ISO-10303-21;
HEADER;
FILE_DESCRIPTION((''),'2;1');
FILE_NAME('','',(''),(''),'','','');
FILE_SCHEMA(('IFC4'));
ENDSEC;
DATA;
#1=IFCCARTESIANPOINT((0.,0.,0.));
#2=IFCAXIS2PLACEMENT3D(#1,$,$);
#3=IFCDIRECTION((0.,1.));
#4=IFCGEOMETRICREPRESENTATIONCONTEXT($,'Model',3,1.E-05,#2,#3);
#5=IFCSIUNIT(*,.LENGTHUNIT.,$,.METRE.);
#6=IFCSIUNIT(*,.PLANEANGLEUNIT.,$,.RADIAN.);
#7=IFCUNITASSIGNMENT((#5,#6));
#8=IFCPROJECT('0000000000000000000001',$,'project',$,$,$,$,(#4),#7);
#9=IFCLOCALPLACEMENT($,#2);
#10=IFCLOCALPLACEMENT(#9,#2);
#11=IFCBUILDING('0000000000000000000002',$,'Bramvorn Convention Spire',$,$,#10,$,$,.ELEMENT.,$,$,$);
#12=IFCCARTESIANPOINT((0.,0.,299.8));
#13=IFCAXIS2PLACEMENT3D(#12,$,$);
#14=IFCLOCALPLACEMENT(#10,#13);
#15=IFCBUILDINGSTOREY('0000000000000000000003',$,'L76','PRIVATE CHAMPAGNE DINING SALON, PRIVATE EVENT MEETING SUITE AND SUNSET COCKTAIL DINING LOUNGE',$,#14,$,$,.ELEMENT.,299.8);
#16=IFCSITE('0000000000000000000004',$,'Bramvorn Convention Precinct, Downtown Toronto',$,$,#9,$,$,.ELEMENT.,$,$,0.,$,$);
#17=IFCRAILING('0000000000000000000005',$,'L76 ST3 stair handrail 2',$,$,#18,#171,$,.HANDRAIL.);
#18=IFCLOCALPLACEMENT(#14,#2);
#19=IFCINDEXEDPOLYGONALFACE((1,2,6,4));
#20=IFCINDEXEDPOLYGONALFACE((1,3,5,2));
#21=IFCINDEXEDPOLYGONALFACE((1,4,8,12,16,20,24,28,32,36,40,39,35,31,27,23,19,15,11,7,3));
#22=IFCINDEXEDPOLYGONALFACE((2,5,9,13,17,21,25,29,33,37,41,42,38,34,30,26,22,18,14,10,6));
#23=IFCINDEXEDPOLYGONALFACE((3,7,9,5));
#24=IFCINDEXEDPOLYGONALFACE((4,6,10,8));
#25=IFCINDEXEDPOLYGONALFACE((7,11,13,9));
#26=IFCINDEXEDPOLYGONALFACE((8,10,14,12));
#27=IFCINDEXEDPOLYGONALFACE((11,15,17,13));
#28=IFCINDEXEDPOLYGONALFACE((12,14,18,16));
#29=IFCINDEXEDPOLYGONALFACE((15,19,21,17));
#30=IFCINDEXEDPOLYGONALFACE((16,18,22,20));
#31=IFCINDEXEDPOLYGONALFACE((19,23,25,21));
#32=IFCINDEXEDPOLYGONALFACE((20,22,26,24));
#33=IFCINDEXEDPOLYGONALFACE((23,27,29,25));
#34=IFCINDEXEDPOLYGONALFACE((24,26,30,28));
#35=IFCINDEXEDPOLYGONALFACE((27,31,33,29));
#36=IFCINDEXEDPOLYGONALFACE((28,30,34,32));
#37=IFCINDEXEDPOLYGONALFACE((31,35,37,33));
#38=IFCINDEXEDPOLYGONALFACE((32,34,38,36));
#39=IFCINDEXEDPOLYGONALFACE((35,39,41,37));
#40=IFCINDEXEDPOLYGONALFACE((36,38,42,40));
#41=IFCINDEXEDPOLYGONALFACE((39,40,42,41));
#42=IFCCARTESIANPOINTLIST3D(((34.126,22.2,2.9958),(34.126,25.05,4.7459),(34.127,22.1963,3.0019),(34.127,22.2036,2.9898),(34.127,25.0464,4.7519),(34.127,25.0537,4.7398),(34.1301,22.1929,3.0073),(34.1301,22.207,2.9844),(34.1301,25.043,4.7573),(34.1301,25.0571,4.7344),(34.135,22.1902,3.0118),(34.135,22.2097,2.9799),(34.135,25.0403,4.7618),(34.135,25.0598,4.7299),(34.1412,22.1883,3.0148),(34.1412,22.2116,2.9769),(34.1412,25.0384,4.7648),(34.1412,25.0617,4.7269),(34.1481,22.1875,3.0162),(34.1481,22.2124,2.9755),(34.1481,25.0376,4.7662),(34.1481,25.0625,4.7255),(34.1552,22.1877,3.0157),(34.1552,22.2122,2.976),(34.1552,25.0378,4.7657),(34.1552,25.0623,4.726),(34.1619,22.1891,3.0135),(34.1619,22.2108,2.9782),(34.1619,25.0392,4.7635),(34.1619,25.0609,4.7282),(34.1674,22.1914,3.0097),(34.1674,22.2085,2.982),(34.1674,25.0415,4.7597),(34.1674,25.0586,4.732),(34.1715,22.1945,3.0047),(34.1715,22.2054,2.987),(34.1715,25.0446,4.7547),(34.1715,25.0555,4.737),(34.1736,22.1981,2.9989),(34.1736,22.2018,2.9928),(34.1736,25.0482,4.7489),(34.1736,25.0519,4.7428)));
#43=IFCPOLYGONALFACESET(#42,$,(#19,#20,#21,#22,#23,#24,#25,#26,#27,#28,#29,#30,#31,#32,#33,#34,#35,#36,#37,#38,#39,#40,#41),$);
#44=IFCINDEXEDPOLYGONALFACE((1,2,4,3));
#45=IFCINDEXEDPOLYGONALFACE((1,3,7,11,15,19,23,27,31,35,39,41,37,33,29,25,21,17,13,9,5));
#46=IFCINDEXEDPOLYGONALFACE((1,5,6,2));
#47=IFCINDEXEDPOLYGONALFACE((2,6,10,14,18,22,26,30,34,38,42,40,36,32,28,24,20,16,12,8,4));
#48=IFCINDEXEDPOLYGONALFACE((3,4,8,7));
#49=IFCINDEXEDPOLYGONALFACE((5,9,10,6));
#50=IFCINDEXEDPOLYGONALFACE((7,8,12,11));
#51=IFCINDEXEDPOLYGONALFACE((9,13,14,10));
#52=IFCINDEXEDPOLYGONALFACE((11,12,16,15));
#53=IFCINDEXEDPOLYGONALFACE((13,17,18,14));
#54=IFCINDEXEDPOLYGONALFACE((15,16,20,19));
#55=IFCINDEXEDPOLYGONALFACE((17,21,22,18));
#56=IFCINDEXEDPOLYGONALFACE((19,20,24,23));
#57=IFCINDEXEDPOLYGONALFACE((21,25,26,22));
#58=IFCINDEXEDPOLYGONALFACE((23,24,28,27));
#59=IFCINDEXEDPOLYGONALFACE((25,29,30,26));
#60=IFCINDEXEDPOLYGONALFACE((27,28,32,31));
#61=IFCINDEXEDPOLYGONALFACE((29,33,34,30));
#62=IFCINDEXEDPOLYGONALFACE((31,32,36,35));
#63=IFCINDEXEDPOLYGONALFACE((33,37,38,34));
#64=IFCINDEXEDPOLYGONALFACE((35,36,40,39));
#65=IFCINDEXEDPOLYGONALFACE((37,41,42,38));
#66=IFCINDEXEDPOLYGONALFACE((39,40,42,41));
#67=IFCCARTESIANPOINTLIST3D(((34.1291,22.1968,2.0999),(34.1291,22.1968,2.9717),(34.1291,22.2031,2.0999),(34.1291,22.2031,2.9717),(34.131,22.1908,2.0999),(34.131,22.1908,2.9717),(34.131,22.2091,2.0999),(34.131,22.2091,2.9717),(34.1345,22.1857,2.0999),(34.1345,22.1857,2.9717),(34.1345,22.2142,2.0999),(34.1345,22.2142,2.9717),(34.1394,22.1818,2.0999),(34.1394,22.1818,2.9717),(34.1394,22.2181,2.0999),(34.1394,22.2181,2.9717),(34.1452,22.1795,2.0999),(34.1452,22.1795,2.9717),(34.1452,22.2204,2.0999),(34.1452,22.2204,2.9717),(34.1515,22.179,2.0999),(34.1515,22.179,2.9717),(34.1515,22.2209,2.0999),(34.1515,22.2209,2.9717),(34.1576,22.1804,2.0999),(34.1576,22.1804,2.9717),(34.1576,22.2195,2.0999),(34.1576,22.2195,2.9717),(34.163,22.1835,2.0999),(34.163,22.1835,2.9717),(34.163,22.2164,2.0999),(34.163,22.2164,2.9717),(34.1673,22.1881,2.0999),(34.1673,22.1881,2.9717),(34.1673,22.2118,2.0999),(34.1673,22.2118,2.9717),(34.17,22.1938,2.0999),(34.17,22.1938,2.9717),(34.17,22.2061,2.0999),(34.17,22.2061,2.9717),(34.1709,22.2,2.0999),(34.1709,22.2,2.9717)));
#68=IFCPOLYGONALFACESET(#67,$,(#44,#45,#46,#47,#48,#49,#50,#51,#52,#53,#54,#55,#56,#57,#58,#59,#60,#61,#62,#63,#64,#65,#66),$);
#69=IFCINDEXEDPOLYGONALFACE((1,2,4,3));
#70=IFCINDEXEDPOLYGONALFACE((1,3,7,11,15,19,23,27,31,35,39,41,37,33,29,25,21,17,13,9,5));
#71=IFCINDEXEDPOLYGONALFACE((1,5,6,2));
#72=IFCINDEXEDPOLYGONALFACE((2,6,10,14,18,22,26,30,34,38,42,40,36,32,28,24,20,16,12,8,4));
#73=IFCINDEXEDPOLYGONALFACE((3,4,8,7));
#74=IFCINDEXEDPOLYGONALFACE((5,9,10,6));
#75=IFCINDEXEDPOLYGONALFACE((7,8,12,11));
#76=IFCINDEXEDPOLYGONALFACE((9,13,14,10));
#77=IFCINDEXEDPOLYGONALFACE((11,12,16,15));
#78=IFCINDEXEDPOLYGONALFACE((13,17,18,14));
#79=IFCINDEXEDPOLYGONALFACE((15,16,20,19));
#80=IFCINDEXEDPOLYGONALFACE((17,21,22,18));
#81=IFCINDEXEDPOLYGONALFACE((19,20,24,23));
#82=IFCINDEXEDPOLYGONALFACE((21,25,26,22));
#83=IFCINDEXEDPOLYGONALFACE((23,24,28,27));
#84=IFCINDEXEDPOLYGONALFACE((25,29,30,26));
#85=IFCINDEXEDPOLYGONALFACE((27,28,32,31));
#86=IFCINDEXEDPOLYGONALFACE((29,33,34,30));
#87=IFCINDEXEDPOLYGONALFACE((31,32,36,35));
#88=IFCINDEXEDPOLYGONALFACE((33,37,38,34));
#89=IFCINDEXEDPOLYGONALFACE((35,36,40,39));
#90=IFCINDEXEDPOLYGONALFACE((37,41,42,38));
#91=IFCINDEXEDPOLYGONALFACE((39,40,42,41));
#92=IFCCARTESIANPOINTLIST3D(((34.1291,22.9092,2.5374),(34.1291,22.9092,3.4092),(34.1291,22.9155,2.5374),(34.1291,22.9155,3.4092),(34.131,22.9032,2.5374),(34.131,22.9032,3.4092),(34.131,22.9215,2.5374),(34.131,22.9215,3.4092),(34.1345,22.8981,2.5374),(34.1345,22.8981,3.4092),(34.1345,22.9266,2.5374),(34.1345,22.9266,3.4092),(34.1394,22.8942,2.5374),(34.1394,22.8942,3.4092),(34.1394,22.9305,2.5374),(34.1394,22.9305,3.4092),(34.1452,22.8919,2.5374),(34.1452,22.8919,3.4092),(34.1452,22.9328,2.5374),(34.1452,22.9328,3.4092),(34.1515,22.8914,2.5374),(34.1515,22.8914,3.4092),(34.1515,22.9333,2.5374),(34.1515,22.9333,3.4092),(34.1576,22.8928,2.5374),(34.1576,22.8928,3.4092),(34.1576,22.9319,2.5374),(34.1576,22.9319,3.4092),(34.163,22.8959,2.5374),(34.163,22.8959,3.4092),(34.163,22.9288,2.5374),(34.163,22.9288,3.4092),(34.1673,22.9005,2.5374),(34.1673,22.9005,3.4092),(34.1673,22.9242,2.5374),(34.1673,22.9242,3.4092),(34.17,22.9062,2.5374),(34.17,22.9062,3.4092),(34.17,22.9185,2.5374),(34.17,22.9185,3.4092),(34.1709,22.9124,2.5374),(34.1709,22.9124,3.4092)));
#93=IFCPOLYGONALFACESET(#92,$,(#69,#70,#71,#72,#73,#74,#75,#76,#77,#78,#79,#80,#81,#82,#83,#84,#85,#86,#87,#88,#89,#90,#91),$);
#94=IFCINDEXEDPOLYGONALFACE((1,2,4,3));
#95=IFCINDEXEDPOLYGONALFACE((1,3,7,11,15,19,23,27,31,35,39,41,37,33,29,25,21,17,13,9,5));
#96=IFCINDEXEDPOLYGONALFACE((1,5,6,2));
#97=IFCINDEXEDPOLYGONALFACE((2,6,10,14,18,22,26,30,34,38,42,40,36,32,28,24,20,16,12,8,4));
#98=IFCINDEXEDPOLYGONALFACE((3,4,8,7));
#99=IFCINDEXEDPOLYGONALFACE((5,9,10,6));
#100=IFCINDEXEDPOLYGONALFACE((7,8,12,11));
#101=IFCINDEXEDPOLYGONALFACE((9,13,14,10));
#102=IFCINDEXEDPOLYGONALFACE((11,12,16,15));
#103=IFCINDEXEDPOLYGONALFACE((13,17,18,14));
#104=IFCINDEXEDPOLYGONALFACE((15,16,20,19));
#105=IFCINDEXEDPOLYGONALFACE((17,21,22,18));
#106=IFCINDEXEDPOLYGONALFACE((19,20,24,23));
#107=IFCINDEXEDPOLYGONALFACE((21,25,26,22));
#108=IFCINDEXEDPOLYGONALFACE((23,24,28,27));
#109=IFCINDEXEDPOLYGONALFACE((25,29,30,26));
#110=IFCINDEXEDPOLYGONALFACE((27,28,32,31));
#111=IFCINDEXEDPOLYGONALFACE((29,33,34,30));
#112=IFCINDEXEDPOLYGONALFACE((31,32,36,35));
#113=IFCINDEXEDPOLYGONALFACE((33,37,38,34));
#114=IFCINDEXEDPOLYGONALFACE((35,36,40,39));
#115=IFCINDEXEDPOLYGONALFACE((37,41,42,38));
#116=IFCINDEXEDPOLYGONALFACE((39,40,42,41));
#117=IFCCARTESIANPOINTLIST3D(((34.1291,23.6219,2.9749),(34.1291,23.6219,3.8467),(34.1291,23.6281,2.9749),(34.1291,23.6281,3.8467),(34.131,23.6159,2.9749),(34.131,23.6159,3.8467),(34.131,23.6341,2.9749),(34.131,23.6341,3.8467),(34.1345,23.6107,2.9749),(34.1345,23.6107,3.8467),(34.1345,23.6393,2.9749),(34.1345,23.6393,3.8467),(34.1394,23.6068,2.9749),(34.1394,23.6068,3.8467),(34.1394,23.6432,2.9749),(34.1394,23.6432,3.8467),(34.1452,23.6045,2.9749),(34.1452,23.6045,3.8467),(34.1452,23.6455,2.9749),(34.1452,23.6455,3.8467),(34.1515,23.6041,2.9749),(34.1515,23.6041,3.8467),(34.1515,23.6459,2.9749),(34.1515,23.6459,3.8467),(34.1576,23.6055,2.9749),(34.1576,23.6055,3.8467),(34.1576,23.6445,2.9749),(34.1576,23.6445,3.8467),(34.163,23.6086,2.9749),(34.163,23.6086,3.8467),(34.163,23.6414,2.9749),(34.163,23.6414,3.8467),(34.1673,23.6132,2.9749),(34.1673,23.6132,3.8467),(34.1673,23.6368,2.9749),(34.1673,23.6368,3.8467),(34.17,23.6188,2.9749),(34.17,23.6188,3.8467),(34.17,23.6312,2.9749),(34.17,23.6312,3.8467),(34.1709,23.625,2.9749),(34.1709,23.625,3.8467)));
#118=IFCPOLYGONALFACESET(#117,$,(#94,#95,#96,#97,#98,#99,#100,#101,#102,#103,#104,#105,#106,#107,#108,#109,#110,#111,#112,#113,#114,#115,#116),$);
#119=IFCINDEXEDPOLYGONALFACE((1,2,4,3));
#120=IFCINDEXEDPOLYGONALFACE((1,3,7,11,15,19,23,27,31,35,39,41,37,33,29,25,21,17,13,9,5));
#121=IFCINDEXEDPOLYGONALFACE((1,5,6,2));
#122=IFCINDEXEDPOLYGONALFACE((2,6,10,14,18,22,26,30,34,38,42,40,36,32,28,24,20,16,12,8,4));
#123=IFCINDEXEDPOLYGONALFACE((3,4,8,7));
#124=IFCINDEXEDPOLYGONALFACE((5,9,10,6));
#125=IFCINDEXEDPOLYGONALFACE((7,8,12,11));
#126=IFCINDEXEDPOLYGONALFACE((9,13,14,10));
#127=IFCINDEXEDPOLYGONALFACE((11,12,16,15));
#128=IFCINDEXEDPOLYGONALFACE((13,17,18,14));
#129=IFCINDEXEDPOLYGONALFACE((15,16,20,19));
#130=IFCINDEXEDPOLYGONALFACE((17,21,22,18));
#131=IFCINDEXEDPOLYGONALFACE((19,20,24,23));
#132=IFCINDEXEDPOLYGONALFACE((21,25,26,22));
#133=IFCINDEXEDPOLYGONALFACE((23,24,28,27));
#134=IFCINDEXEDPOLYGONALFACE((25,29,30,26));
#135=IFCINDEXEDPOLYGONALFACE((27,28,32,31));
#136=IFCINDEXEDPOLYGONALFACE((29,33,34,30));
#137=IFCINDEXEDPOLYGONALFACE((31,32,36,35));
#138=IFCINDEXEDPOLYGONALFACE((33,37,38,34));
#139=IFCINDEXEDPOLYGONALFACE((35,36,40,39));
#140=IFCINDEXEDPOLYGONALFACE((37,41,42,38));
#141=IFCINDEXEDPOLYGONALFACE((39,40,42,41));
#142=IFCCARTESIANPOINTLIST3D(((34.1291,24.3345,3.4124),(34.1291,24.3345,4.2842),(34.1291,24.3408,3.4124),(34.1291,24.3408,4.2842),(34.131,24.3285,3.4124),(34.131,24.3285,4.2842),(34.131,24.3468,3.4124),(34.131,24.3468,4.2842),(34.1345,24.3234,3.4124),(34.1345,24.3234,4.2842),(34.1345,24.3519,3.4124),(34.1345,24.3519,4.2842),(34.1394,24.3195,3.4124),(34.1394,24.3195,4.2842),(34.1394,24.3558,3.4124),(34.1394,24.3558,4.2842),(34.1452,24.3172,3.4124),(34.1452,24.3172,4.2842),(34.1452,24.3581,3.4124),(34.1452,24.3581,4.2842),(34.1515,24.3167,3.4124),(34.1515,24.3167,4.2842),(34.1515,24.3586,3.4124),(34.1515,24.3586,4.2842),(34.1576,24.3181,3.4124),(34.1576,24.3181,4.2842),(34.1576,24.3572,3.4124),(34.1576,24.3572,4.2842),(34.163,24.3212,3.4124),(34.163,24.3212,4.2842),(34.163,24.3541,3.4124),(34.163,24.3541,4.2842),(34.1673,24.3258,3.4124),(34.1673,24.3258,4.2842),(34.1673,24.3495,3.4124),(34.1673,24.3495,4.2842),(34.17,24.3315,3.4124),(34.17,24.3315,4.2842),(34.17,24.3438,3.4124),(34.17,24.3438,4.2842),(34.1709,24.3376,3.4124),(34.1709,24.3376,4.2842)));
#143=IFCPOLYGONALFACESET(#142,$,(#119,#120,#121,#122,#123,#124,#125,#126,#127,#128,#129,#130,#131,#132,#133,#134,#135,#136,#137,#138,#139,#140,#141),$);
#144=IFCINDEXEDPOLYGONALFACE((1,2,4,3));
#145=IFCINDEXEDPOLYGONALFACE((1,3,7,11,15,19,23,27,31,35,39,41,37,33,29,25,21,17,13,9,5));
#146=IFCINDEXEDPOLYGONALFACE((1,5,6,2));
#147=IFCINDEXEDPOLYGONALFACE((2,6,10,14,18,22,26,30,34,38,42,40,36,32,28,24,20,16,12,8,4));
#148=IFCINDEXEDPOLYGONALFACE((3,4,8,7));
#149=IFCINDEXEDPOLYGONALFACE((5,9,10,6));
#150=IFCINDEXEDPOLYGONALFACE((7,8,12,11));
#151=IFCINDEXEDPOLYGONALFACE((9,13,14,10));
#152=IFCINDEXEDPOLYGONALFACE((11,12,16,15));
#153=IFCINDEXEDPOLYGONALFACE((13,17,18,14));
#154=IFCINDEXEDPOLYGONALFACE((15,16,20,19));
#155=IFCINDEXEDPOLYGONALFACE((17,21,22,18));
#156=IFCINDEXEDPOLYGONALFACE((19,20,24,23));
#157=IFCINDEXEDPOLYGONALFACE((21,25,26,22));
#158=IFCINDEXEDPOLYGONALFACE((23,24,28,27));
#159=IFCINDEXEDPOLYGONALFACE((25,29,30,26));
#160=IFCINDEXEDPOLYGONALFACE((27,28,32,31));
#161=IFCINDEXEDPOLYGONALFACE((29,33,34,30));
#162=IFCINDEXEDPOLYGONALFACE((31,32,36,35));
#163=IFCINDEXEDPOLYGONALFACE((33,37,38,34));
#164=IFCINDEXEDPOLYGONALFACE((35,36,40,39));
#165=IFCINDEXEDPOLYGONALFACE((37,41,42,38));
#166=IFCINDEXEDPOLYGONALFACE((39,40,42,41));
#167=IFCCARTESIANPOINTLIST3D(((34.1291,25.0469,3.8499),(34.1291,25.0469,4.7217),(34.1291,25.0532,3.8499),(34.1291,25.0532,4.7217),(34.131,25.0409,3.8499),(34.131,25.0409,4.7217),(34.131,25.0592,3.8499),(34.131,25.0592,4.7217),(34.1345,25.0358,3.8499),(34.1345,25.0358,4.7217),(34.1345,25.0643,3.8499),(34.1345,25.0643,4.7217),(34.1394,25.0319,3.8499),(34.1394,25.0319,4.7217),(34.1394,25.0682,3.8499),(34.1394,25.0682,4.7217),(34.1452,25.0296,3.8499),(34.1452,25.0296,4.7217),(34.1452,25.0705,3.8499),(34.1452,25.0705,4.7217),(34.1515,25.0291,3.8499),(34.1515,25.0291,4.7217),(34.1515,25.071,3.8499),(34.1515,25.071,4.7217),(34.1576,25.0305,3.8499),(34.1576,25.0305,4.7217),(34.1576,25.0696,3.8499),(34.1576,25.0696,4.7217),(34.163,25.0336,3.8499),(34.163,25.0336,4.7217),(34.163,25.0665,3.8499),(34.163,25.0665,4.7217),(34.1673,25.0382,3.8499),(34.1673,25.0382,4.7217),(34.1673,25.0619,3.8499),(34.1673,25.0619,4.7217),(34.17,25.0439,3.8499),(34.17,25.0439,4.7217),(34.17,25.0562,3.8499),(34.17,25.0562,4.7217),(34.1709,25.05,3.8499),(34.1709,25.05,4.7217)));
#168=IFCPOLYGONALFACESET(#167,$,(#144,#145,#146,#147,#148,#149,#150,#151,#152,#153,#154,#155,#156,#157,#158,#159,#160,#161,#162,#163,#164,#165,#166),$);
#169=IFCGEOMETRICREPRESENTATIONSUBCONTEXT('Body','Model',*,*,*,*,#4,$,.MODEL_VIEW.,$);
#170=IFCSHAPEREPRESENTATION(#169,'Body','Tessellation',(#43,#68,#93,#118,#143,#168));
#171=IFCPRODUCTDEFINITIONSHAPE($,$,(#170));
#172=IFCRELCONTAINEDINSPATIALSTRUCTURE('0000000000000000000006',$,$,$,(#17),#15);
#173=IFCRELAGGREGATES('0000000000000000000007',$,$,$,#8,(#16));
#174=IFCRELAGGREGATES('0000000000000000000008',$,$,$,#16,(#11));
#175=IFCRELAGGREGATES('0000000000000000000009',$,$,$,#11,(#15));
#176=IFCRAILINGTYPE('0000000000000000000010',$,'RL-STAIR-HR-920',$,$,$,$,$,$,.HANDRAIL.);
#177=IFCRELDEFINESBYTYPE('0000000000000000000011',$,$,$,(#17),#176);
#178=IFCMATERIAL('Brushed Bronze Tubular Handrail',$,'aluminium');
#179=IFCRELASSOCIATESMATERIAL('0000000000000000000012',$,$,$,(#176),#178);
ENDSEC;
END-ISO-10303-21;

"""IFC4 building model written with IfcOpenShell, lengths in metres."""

from ifc_helpers import new_model, si_unit, direction, frame, origin, origin_2d, place, context, subcontext, project, spatial, circle, extrude, material, type_object, element, save


model = new_model("IFC4")

# Units and contexts
model_context = context("Model", 3, precision=1e-05, world=origin(), true_north=direction((0.0, 1.0)))
body_context = subcontext(model_context, "Body", "Model", "MODEL_VIEW")
ifc_project = project(units=[si_unit("LENGTHUNIT", "METRE"), si_unit("PLANEANGLEUNIT", "RADIAN")], contexts=[model_context])

# Site, building, storey
site_placement = place(None, origin())
site = spatial("IfcSite", under=ifc_project, at=site_placement, Name="Bramvorn Convention Precinct, Downtown Toronto", CompositionType="ELEMENT", RefElevation=0.0)
building_placement = place(site_placement, origin())
building = spatial("IfcBuilding", under=site, at=building_placement, Name="Bramvorn Convention Spire", CompositionType="ELEMENT")
storey_placement = place(building_placement, frame((0.0, 0.0, 299.8)))
storey = spatial("IfcBuildingStorey", under=building, at=storey_placement, Name="L76", Description="PRIVATE CHAMPAGNE DINING SALON, PRIVATE EVENT MEETING SUITE AND SUNSET COCKTAIL DINING LOUNGE", CompositionType="ELEMENT", Elevation=299.8)

# Railing
ifc_material_1 = material(Name="Brushed Bronze Tubular Handrail", Category="aluminium")
railing_type_1 = type_object("IfcRailingType", Name="RL-STAIR-HR-920", PredefinedType="HANDRAIL", material=ifc_material_1)
railing_1_placement = place(storey_placement, frame((34.1499, 22.2, 2.0999)))
element("IfcRailing", 1, at=railing_1_placement, inside=storey, type_object=railing_type_1, Name="L76 ST3 stair handrail 2", PredefinedType="HANDRAIL", context=body_context, shape_type="SweptSolid", body=[
    extrude(circle(Radius=0.0239, at=origin_2d()), frame((0.0, 0.0, 0.896), z_axis=(0.0, 0.852179, 0.52325), x_axis=(-1.0, 0.0, 0.0)), (0.0, 0.0, 1.0), 3.3445),
    extrude(circle(Radius=0.021, at=origin_2d()), origin(), (0.0, 0.0, 1.0), 0.8718),
    extrude(circle(Radius=0.021, at=origin_2d()), frame((0.0, 0.7124, 0.4375)), (0.0, 0.0, 1.0), 0.8718),
    extrude(circle(Radius=0.021, at=origin_2d()), frame((0.0, 1.425, 0.875)), (0.0, 0.0, 1.0), 0.8718),
    extrude(circle(Radius=0.021, at=origin_2d()), frame((0.0, 2.1377, 1.3125)), (0.0, 0.0, 1.0), 0.8718),
    extrude(circle(Radius=0.021, at=origin_2d()), frame((0.0, 2.8501, 1.75)), (0.0, 0.0, 1.0), 0.8718),
])

save(model, "model.ifc")
